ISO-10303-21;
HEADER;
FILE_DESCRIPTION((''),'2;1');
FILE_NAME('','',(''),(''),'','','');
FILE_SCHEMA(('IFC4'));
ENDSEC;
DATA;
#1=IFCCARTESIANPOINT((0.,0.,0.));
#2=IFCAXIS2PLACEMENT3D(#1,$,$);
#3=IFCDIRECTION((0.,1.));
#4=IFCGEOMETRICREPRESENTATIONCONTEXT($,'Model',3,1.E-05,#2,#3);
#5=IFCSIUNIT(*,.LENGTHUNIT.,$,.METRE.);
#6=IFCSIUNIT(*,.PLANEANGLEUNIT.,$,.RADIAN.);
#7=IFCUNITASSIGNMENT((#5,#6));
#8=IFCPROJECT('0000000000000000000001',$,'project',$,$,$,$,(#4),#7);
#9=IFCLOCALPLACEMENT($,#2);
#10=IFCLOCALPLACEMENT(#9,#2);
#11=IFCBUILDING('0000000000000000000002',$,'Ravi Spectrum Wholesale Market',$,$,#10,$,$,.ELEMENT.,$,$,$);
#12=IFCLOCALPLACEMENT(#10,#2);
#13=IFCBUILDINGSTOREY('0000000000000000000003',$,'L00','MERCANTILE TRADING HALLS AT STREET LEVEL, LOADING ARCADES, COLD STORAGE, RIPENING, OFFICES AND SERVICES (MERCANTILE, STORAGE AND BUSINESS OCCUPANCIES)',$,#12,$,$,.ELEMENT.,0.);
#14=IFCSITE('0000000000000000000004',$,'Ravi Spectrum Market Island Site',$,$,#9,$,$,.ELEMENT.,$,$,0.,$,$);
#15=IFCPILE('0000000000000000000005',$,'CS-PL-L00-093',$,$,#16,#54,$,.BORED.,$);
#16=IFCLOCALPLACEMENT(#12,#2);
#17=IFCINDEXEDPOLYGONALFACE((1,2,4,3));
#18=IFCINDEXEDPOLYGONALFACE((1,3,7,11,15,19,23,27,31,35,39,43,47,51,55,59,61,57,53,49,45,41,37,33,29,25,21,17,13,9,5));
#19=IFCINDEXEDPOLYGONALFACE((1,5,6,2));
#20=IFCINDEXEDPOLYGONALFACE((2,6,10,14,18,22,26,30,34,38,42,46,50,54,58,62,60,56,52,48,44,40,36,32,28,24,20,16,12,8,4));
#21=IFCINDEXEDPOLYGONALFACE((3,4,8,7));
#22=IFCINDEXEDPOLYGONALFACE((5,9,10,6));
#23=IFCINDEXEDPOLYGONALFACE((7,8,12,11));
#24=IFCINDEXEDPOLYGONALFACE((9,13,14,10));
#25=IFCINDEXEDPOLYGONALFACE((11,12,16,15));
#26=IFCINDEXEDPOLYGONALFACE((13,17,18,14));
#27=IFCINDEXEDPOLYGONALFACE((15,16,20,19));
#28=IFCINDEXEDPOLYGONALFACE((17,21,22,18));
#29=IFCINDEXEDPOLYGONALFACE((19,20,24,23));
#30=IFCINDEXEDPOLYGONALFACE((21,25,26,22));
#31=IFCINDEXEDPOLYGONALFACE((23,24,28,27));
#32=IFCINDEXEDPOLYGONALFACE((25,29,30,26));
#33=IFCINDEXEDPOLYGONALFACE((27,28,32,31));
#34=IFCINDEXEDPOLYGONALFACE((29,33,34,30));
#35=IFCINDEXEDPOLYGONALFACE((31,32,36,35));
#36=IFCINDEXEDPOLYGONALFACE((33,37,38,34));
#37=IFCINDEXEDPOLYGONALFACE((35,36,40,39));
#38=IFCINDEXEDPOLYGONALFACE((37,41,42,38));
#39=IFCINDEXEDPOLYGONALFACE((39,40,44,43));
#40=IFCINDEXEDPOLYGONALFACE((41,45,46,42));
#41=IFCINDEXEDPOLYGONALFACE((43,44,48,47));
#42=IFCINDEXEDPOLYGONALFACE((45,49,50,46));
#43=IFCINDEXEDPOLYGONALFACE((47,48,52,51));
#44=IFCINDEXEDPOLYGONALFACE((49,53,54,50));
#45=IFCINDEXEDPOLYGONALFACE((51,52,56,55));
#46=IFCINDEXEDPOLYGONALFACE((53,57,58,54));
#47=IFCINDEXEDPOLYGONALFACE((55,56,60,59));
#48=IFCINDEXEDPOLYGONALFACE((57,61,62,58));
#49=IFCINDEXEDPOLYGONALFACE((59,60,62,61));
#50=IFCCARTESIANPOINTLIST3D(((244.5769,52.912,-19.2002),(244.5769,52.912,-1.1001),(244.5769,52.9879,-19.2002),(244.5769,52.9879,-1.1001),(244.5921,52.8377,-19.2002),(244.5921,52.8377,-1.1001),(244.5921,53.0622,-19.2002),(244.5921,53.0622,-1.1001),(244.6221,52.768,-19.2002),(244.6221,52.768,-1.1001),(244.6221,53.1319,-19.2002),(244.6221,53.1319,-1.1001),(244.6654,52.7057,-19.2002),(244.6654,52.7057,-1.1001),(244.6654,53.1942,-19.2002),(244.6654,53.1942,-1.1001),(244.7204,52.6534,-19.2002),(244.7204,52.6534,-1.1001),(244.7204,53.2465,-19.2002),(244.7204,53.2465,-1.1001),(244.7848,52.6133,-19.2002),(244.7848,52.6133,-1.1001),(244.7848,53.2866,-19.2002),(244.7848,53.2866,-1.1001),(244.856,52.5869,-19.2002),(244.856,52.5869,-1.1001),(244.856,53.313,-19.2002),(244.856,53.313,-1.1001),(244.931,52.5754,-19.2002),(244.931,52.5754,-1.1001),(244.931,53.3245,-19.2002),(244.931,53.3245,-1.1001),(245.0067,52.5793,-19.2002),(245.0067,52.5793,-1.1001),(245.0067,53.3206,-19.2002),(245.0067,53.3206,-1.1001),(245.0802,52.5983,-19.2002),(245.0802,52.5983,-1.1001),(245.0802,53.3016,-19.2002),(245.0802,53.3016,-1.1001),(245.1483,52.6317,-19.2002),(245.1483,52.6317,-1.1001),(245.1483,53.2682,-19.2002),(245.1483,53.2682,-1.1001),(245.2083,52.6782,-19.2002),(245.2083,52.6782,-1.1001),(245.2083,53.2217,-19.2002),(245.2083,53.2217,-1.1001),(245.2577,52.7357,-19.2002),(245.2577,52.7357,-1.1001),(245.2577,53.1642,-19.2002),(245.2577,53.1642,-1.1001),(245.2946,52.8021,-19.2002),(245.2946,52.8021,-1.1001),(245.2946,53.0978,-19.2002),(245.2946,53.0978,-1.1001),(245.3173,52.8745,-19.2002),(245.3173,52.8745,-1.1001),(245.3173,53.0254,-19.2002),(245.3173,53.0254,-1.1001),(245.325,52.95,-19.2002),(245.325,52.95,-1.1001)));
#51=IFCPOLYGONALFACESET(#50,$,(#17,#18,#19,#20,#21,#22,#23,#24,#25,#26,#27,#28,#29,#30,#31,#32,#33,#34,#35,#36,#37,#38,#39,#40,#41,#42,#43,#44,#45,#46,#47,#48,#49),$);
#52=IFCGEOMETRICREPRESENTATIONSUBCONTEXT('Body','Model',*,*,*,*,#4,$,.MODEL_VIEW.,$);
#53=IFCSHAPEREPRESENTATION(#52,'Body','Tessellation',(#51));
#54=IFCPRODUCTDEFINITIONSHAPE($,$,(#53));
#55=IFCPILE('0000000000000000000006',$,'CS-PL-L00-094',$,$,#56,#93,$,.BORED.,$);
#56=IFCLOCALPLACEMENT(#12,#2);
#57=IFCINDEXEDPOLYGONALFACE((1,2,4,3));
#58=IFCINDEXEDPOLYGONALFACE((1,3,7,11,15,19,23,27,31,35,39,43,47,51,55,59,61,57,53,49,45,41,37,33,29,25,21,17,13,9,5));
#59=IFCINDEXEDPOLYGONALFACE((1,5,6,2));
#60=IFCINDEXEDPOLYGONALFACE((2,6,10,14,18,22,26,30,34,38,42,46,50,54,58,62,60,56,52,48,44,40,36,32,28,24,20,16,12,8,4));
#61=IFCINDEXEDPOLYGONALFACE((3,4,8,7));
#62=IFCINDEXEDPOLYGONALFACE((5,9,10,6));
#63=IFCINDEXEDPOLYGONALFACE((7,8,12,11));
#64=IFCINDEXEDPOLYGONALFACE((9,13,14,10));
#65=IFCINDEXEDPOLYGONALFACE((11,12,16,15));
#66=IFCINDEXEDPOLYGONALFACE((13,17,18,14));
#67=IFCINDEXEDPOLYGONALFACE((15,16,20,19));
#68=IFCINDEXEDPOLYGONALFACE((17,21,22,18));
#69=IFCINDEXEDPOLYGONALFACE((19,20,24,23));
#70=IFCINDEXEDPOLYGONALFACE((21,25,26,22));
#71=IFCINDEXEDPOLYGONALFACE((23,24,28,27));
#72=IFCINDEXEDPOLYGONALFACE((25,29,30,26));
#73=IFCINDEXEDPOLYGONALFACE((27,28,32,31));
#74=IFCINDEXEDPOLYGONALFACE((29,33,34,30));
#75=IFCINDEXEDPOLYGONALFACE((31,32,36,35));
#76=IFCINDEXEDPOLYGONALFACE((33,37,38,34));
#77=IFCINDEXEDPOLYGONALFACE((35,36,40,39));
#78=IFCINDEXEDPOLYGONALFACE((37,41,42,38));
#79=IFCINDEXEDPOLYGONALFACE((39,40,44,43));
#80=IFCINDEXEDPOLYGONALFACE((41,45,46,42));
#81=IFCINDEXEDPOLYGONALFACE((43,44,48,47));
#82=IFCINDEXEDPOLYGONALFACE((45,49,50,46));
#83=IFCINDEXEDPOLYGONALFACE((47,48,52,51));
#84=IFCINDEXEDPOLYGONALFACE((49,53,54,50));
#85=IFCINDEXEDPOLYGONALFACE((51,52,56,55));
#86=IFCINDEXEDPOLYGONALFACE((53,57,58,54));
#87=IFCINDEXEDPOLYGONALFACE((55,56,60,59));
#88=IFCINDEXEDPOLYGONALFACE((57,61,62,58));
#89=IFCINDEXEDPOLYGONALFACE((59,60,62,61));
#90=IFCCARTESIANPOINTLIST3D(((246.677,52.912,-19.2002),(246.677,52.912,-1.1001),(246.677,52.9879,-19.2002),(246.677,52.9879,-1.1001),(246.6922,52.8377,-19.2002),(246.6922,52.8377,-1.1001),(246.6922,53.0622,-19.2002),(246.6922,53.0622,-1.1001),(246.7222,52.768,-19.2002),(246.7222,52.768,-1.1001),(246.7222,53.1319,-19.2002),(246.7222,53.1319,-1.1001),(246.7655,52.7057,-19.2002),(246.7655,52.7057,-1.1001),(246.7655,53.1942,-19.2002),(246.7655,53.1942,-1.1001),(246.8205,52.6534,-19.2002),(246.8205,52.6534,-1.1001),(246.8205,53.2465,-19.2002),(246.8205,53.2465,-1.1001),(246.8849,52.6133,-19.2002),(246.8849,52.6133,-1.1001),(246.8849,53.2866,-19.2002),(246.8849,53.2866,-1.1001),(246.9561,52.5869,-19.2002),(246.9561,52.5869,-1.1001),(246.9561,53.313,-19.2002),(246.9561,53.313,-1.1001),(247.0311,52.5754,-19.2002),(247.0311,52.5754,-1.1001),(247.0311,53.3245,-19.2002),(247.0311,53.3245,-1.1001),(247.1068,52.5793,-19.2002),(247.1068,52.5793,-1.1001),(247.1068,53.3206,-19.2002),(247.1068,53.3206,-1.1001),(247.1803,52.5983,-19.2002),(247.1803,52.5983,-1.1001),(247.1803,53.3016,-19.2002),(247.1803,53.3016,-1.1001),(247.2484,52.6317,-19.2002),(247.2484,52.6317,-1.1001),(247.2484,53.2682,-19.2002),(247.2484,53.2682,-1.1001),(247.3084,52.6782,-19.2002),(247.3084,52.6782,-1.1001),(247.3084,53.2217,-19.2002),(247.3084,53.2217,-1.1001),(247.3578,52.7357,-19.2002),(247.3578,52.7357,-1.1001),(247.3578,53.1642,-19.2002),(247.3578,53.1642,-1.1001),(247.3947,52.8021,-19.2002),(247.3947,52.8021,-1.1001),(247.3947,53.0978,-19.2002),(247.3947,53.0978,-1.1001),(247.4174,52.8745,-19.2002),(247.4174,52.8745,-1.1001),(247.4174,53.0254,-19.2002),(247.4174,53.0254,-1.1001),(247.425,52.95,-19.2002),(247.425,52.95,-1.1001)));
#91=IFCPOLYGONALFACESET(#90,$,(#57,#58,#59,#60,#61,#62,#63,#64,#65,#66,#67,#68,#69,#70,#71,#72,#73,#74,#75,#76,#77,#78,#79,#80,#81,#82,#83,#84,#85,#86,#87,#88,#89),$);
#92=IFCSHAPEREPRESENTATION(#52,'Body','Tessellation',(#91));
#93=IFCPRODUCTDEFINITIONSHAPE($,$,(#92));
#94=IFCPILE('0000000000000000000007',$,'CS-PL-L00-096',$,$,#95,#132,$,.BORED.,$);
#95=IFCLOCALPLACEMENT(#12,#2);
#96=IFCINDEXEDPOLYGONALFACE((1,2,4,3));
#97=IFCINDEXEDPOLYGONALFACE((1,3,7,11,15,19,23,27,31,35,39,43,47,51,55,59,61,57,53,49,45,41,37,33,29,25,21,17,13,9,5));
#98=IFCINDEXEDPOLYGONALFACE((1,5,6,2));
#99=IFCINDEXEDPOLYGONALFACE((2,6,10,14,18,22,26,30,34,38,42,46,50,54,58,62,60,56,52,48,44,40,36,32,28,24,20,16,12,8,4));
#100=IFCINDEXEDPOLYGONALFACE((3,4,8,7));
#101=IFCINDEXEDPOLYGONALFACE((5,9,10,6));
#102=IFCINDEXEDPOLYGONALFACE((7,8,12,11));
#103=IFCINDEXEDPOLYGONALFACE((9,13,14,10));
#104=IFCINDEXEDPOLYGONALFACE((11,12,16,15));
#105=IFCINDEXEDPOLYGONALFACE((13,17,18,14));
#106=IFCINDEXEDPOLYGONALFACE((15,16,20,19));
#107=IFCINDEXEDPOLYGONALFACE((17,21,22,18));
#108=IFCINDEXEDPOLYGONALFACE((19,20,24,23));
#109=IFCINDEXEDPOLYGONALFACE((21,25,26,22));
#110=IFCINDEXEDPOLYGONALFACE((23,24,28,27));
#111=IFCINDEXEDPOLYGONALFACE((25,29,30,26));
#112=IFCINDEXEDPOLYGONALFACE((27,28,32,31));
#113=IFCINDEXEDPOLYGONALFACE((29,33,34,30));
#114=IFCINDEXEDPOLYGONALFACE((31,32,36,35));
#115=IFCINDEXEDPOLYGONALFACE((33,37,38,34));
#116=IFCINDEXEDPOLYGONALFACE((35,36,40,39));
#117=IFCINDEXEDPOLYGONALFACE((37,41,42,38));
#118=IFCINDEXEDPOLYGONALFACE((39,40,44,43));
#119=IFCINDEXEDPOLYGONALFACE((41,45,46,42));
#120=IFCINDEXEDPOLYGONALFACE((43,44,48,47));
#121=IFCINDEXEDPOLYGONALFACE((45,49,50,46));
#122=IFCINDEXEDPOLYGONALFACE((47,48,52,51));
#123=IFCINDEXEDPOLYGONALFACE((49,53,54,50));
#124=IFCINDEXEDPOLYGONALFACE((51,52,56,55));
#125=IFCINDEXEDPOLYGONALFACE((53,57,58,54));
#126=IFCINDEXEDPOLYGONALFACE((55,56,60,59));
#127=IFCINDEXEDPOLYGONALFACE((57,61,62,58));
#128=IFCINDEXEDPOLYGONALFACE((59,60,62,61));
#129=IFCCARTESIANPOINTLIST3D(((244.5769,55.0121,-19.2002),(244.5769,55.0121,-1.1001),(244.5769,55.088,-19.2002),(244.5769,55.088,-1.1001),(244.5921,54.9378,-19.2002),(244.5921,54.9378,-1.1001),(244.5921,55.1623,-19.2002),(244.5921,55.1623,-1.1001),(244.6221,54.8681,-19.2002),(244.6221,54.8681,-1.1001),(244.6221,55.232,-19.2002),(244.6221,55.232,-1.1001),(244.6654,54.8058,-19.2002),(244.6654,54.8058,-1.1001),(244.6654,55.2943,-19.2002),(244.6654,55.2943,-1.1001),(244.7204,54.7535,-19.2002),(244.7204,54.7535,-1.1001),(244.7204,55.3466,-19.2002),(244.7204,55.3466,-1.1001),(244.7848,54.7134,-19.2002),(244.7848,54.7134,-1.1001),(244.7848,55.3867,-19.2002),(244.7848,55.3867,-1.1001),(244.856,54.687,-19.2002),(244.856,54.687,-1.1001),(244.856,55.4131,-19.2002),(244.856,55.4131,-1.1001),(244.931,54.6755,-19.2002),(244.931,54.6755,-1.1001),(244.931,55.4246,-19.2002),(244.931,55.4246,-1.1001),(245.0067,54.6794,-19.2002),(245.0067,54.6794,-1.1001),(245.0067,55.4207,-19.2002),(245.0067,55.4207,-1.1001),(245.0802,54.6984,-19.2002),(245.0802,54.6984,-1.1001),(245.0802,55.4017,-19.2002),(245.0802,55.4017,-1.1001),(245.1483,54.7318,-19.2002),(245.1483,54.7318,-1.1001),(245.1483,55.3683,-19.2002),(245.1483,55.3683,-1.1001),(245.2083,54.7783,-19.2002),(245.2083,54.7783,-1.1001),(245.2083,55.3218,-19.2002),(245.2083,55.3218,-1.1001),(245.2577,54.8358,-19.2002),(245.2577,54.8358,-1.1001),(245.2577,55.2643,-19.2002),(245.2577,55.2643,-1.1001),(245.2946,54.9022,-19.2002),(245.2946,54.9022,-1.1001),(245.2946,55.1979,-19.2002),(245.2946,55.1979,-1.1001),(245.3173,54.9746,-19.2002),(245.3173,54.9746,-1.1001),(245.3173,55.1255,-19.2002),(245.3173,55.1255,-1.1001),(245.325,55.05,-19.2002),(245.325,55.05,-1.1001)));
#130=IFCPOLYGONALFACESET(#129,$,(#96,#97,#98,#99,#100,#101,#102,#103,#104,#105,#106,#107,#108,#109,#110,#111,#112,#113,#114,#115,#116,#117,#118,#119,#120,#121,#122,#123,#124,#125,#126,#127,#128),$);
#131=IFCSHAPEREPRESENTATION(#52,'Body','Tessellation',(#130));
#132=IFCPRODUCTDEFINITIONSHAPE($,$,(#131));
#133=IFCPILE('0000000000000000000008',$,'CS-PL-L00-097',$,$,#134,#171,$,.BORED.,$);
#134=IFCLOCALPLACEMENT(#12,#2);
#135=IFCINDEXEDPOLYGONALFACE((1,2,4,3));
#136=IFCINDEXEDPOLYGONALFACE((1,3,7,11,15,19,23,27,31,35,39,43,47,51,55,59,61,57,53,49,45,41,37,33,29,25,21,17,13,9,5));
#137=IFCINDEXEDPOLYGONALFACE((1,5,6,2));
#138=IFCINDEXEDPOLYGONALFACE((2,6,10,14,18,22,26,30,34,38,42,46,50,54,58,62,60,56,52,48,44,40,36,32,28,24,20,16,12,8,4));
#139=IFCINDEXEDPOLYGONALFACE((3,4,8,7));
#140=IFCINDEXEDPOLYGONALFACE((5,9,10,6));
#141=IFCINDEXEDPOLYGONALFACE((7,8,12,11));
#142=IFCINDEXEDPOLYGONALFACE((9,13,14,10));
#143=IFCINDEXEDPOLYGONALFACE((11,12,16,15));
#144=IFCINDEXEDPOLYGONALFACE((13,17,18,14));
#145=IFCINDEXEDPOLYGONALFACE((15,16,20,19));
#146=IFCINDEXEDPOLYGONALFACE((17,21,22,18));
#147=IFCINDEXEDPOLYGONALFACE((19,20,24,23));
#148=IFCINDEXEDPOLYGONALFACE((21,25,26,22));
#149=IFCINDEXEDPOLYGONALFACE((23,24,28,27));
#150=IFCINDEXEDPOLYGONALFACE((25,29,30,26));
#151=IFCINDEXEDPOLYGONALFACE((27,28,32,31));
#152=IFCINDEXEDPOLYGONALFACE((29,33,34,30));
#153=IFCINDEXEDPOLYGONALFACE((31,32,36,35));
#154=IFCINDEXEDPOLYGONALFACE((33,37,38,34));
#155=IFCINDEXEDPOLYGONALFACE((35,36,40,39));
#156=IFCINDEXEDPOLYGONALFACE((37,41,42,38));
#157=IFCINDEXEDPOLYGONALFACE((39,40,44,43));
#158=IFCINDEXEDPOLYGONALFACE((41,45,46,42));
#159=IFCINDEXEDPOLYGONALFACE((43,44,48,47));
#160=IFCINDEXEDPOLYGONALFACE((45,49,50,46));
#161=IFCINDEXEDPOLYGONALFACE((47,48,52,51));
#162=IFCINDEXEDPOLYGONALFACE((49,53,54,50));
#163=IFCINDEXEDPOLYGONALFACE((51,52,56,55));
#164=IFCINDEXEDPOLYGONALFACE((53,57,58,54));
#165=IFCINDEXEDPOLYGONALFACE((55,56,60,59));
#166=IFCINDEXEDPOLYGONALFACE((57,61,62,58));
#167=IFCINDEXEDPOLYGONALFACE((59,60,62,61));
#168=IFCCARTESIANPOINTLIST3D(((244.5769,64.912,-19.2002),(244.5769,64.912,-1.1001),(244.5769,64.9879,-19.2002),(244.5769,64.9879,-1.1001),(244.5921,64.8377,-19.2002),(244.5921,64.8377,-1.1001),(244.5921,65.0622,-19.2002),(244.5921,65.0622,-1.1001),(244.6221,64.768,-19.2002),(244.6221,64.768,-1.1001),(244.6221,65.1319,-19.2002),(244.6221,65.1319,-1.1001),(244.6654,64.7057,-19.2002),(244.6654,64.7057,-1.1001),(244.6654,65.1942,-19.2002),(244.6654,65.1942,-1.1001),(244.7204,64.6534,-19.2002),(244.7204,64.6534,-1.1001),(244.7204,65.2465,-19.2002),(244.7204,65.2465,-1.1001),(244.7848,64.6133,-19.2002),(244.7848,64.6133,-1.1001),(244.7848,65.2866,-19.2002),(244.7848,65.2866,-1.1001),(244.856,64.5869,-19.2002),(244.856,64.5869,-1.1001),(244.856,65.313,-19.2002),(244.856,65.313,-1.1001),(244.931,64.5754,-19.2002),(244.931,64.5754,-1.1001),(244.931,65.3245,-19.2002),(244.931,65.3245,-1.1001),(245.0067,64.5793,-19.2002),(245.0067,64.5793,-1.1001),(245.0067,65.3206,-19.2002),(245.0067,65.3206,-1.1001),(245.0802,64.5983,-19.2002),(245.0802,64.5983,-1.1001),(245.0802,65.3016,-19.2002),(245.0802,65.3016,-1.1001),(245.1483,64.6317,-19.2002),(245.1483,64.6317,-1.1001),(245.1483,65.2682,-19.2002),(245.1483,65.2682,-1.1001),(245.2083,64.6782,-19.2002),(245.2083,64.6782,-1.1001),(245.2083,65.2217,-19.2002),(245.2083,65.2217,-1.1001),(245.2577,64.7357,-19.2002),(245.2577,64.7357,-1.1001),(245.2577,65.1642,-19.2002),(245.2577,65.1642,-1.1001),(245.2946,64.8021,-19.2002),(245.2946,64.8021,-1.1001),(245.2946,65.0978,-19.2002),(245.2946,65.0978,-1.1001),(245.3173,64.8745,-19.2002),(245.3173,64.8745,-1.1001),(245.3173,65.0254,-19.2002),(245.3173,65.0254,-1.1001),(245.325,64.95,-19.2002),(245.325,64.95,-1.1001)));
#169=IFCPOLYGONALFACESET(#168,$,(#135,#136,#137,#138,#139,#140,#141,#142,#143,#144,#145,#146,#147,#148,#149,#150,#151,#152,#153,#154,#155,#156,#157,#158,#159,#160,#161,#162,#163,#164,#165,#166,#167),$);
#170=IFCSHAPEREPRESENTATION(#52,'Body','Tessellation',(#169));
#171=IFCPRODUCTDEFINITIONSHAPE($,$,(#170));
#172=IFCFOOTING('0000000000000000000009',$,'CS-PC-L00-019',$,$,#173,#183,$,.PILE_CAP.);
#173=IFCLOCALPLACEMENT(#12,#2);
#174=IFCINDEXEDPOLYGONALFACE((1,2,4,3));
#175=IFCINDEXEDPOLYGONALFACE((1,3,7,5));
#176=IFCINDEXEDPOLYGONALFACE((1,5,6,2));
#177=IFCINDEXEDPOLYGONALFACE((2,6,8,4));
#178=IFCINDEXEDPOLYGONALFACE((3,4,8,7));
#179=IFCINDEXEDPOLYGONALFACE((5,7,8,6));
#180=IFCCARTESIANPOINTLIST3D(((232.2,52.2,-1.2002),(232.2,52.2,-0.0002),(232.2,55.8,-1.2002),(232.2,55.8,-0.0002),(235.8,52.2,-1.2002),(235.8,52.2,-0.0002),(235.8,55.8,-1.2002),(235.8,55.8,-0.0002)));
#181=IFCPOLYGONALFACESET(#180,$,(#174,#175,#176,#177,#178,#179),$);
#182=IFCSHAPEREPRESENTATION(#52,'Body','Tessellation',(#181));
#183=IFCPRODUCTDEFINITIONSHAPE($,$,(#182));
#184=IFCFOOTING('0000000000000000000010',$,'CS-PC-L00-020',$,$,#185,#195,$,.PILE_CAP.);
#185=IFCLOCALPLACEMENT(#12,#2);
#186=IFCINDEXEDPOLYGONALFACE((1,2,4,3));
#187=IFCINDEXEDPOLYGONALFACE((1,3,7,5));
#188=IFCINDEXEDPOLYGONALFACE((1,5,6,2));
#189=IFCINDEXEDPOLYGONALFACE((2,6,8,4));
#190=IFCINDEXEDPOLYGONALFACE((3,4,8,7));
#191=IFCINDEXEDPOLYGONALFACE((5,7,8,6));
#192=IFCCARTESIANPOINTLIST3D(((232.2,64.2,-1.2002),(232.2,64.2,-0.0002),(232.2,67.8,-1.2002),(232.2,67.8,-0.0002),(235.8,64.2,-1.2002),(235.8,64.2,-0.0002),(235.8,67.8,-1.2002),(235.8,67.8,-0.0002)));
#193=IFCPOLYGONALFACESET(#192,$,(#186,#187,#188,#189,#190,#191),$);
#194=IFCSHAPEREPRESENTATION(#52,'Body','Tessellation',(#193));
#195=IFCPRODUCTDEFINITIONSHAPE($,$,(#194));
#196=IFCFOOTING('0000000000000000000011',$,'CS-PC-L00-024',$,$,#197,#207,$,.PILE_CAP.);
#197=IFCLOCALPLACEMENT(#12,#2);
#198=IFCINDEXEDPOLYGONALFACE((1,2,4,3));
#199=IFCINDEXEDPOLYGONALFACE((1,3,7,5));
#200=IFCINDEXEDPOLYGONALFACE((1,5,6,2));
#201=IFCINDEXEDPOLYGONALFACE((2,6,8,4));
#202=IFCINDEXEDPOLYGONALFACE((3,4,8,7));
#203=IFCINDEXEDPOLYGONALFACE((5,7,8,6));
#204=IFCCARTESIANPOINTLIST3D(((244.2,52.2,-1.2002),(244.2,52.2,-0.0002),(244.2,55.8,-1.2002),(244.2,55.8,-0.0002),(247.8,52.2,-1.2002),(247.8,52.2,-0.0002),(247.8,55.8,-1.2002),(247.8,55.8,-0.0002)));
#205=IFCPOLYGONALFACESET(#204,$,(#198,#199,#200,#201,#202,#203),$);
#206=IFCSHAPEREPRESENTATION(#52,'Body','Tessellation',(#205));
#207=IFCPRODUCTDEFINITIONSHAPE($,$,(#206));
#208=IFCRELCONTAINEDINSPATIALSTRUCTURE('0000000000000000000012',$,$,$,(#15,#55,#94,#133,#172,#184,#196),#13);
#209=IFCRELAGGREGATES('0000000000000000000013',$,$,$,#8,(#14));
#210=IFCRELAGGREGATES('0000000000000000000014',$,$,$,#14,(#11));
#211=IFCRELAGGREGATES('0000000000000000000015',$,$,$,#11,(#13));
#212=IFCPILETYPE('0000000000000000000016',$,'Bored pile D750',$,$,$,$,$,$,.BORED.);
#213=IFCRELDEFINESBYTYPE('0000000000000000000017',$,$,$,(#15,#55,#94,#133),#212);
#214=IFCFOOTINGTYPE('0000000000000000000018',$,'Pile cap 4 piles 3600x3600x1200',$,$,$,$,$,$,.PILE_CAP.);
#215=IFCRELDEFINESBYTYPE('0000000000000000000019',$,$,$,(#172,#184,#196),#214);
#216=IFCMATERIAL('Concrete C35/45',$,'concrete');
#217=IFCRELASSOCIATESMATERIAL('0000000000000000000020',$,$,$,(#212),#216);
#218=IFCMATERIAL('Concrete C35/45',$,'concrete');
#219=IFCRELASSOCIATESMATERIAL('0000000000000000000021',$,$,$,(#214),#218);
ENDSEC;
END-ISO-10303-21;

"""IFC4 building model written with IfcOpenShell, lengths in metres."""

from ifc_helpers import new_model, si_unit, direction, frame, origin, origin_2d, place, context, subcontext, project, spatial, rectangle, circle, extrude, material, material_profile, profile_set, type_object, element, save


model = new_model("IFC4")

# Units and contexts
model_context = context("Model", 3, precision=1e-05, world=origin(), true_north=direction((0.0, 1.0)))
body_context = subcontext(model_context, "Body", "Model", "MODEL_VIEW")
ifc_project = project(units=[si_unit("LENGTHUNIT", "METRE"), si_unit("PLANEANGLEUNIT", "RADIAN")], contexts=[model_context])

# Site, building, storey
site_placement = place(None, origin())
site = spatial("IfcSite", under=ifc_project, at=site_placement, Name="Ravi Spectrum Market Island Site", CompositionType="ELEMENT", RefElevation=0.0)
building_placement = place(site_placement, origin())
building = spatial("IfcBuilding", under=site, at=building_placement, Name="Ravi Spectrum Wholesale Market", CompositionType="ELEMENT")
storey_placement = place(building_placement, origin())
storey = spatial("IfcBuildingStorey", under=building, at=storey_placement, Name="L00", Description="MERCANTILE TRADING HALLS AT STREET LEVEL, LOADING ARCADES, COLD STORAGE, RIPENING, OFFICES AND SERVICES (MERCANTILE, STORAGE AND BUSINESS OCCUPANCIES)", CompositionType="ELEMENT", Elevation=0.0)

# Piles
ifc_material_1 = material(Name="Concrete C35/45", Category="concrete")
ifc_material_profile_1 = material_profile(ifc_material_1, circle(Radius=0.375, at=origin_2d()))
ifc_profile_set_1 = profile_set([ifc_material_profile_1], Name="Concrete C35/45")
pile_type = type_object("IfcPileType", Name="Bored pile D750", PredefinedType="BORED", material=ifc_profile_set_1)
for number, where, z_axis, x_axis, name in (
    (1, (244.95, 52.95, -1.1001), (0.0, 0.0, -1.0), (1.0, 0.0, 0.0), "CS-PL-L00-093"),
    (2, (247.05, 52.95, -1.1001), (0.0, 0.0, -1.0), (1.0, 0.0, 0.0), "CS-PL-L00-094"),
    (3, (244.95, 55.05, -1.1001), (0.0, 0.0, -1.0), (1.0, 0.0, 0.0), "CS-PL-L00-096"),
    (4, (244.95, 64.95, -1.1001), (0.0, 0.0, -1.0), (1.0, 0.0, 0.0), "CS-PL-L00-097"),
):
    element("IfcPile", number, at=place(storey_placement, frame(where, z_axis=z_axis, x_axis=x_axis)), inside=storey, type_object=pile_type, Name=name, PredefinedType="BORED", context=body_context, shape_type="SweptSolid", body=[
        extrude(circle(Radius=0.375, at=origin_2d()), origin(), (0.0, 0.0, 1.0), 18.1001),
    ])

# Footings
ifc_material_2 = material(Name="Concrete C35/45", Category="concrete")
footing_type = type_object("IfcFootingType", Name="Pile cap 4 piles 3600x3600x1200", PredefinedType="PILE_CAP", material=ifc_material_2)
for number, where, z_axis, x_axis, name in (
    (5, (234.0, 54.0, -1.2002), (0.0, 0.0, 1.0), (1.0, 0.0, 0.0), "CS-PC-L00-019"),
    (6, (234.0, 66.0, -1.2002), (0.0, 0.0, 1.0), (1.0, 0.0, 0.0), "CS-PC-L00-020"),
    (7, (246.0, 54.0, -1.2002), (0.0, 0.0, 1.0), (1.0, 0.0, 0.0), "CS-PC-L00-024"),
):
    element("IfcFooting", number, at=place(storey_placement, frame(where, z_axis=z_axis, x_axis=x_axis)), inside=storey, type_object=footing_type, Name=name, PredefinedType="PILE_CAP", context=body_context, shape_type="SweptSolid", body=[
        extrude(rectangle(XDim=3.6001, YDim=3.6001, at=origin_2d()), origin(), (0.0, 0.0, 1.0), 1.2),
    ])

save(model, "model.ifc")
